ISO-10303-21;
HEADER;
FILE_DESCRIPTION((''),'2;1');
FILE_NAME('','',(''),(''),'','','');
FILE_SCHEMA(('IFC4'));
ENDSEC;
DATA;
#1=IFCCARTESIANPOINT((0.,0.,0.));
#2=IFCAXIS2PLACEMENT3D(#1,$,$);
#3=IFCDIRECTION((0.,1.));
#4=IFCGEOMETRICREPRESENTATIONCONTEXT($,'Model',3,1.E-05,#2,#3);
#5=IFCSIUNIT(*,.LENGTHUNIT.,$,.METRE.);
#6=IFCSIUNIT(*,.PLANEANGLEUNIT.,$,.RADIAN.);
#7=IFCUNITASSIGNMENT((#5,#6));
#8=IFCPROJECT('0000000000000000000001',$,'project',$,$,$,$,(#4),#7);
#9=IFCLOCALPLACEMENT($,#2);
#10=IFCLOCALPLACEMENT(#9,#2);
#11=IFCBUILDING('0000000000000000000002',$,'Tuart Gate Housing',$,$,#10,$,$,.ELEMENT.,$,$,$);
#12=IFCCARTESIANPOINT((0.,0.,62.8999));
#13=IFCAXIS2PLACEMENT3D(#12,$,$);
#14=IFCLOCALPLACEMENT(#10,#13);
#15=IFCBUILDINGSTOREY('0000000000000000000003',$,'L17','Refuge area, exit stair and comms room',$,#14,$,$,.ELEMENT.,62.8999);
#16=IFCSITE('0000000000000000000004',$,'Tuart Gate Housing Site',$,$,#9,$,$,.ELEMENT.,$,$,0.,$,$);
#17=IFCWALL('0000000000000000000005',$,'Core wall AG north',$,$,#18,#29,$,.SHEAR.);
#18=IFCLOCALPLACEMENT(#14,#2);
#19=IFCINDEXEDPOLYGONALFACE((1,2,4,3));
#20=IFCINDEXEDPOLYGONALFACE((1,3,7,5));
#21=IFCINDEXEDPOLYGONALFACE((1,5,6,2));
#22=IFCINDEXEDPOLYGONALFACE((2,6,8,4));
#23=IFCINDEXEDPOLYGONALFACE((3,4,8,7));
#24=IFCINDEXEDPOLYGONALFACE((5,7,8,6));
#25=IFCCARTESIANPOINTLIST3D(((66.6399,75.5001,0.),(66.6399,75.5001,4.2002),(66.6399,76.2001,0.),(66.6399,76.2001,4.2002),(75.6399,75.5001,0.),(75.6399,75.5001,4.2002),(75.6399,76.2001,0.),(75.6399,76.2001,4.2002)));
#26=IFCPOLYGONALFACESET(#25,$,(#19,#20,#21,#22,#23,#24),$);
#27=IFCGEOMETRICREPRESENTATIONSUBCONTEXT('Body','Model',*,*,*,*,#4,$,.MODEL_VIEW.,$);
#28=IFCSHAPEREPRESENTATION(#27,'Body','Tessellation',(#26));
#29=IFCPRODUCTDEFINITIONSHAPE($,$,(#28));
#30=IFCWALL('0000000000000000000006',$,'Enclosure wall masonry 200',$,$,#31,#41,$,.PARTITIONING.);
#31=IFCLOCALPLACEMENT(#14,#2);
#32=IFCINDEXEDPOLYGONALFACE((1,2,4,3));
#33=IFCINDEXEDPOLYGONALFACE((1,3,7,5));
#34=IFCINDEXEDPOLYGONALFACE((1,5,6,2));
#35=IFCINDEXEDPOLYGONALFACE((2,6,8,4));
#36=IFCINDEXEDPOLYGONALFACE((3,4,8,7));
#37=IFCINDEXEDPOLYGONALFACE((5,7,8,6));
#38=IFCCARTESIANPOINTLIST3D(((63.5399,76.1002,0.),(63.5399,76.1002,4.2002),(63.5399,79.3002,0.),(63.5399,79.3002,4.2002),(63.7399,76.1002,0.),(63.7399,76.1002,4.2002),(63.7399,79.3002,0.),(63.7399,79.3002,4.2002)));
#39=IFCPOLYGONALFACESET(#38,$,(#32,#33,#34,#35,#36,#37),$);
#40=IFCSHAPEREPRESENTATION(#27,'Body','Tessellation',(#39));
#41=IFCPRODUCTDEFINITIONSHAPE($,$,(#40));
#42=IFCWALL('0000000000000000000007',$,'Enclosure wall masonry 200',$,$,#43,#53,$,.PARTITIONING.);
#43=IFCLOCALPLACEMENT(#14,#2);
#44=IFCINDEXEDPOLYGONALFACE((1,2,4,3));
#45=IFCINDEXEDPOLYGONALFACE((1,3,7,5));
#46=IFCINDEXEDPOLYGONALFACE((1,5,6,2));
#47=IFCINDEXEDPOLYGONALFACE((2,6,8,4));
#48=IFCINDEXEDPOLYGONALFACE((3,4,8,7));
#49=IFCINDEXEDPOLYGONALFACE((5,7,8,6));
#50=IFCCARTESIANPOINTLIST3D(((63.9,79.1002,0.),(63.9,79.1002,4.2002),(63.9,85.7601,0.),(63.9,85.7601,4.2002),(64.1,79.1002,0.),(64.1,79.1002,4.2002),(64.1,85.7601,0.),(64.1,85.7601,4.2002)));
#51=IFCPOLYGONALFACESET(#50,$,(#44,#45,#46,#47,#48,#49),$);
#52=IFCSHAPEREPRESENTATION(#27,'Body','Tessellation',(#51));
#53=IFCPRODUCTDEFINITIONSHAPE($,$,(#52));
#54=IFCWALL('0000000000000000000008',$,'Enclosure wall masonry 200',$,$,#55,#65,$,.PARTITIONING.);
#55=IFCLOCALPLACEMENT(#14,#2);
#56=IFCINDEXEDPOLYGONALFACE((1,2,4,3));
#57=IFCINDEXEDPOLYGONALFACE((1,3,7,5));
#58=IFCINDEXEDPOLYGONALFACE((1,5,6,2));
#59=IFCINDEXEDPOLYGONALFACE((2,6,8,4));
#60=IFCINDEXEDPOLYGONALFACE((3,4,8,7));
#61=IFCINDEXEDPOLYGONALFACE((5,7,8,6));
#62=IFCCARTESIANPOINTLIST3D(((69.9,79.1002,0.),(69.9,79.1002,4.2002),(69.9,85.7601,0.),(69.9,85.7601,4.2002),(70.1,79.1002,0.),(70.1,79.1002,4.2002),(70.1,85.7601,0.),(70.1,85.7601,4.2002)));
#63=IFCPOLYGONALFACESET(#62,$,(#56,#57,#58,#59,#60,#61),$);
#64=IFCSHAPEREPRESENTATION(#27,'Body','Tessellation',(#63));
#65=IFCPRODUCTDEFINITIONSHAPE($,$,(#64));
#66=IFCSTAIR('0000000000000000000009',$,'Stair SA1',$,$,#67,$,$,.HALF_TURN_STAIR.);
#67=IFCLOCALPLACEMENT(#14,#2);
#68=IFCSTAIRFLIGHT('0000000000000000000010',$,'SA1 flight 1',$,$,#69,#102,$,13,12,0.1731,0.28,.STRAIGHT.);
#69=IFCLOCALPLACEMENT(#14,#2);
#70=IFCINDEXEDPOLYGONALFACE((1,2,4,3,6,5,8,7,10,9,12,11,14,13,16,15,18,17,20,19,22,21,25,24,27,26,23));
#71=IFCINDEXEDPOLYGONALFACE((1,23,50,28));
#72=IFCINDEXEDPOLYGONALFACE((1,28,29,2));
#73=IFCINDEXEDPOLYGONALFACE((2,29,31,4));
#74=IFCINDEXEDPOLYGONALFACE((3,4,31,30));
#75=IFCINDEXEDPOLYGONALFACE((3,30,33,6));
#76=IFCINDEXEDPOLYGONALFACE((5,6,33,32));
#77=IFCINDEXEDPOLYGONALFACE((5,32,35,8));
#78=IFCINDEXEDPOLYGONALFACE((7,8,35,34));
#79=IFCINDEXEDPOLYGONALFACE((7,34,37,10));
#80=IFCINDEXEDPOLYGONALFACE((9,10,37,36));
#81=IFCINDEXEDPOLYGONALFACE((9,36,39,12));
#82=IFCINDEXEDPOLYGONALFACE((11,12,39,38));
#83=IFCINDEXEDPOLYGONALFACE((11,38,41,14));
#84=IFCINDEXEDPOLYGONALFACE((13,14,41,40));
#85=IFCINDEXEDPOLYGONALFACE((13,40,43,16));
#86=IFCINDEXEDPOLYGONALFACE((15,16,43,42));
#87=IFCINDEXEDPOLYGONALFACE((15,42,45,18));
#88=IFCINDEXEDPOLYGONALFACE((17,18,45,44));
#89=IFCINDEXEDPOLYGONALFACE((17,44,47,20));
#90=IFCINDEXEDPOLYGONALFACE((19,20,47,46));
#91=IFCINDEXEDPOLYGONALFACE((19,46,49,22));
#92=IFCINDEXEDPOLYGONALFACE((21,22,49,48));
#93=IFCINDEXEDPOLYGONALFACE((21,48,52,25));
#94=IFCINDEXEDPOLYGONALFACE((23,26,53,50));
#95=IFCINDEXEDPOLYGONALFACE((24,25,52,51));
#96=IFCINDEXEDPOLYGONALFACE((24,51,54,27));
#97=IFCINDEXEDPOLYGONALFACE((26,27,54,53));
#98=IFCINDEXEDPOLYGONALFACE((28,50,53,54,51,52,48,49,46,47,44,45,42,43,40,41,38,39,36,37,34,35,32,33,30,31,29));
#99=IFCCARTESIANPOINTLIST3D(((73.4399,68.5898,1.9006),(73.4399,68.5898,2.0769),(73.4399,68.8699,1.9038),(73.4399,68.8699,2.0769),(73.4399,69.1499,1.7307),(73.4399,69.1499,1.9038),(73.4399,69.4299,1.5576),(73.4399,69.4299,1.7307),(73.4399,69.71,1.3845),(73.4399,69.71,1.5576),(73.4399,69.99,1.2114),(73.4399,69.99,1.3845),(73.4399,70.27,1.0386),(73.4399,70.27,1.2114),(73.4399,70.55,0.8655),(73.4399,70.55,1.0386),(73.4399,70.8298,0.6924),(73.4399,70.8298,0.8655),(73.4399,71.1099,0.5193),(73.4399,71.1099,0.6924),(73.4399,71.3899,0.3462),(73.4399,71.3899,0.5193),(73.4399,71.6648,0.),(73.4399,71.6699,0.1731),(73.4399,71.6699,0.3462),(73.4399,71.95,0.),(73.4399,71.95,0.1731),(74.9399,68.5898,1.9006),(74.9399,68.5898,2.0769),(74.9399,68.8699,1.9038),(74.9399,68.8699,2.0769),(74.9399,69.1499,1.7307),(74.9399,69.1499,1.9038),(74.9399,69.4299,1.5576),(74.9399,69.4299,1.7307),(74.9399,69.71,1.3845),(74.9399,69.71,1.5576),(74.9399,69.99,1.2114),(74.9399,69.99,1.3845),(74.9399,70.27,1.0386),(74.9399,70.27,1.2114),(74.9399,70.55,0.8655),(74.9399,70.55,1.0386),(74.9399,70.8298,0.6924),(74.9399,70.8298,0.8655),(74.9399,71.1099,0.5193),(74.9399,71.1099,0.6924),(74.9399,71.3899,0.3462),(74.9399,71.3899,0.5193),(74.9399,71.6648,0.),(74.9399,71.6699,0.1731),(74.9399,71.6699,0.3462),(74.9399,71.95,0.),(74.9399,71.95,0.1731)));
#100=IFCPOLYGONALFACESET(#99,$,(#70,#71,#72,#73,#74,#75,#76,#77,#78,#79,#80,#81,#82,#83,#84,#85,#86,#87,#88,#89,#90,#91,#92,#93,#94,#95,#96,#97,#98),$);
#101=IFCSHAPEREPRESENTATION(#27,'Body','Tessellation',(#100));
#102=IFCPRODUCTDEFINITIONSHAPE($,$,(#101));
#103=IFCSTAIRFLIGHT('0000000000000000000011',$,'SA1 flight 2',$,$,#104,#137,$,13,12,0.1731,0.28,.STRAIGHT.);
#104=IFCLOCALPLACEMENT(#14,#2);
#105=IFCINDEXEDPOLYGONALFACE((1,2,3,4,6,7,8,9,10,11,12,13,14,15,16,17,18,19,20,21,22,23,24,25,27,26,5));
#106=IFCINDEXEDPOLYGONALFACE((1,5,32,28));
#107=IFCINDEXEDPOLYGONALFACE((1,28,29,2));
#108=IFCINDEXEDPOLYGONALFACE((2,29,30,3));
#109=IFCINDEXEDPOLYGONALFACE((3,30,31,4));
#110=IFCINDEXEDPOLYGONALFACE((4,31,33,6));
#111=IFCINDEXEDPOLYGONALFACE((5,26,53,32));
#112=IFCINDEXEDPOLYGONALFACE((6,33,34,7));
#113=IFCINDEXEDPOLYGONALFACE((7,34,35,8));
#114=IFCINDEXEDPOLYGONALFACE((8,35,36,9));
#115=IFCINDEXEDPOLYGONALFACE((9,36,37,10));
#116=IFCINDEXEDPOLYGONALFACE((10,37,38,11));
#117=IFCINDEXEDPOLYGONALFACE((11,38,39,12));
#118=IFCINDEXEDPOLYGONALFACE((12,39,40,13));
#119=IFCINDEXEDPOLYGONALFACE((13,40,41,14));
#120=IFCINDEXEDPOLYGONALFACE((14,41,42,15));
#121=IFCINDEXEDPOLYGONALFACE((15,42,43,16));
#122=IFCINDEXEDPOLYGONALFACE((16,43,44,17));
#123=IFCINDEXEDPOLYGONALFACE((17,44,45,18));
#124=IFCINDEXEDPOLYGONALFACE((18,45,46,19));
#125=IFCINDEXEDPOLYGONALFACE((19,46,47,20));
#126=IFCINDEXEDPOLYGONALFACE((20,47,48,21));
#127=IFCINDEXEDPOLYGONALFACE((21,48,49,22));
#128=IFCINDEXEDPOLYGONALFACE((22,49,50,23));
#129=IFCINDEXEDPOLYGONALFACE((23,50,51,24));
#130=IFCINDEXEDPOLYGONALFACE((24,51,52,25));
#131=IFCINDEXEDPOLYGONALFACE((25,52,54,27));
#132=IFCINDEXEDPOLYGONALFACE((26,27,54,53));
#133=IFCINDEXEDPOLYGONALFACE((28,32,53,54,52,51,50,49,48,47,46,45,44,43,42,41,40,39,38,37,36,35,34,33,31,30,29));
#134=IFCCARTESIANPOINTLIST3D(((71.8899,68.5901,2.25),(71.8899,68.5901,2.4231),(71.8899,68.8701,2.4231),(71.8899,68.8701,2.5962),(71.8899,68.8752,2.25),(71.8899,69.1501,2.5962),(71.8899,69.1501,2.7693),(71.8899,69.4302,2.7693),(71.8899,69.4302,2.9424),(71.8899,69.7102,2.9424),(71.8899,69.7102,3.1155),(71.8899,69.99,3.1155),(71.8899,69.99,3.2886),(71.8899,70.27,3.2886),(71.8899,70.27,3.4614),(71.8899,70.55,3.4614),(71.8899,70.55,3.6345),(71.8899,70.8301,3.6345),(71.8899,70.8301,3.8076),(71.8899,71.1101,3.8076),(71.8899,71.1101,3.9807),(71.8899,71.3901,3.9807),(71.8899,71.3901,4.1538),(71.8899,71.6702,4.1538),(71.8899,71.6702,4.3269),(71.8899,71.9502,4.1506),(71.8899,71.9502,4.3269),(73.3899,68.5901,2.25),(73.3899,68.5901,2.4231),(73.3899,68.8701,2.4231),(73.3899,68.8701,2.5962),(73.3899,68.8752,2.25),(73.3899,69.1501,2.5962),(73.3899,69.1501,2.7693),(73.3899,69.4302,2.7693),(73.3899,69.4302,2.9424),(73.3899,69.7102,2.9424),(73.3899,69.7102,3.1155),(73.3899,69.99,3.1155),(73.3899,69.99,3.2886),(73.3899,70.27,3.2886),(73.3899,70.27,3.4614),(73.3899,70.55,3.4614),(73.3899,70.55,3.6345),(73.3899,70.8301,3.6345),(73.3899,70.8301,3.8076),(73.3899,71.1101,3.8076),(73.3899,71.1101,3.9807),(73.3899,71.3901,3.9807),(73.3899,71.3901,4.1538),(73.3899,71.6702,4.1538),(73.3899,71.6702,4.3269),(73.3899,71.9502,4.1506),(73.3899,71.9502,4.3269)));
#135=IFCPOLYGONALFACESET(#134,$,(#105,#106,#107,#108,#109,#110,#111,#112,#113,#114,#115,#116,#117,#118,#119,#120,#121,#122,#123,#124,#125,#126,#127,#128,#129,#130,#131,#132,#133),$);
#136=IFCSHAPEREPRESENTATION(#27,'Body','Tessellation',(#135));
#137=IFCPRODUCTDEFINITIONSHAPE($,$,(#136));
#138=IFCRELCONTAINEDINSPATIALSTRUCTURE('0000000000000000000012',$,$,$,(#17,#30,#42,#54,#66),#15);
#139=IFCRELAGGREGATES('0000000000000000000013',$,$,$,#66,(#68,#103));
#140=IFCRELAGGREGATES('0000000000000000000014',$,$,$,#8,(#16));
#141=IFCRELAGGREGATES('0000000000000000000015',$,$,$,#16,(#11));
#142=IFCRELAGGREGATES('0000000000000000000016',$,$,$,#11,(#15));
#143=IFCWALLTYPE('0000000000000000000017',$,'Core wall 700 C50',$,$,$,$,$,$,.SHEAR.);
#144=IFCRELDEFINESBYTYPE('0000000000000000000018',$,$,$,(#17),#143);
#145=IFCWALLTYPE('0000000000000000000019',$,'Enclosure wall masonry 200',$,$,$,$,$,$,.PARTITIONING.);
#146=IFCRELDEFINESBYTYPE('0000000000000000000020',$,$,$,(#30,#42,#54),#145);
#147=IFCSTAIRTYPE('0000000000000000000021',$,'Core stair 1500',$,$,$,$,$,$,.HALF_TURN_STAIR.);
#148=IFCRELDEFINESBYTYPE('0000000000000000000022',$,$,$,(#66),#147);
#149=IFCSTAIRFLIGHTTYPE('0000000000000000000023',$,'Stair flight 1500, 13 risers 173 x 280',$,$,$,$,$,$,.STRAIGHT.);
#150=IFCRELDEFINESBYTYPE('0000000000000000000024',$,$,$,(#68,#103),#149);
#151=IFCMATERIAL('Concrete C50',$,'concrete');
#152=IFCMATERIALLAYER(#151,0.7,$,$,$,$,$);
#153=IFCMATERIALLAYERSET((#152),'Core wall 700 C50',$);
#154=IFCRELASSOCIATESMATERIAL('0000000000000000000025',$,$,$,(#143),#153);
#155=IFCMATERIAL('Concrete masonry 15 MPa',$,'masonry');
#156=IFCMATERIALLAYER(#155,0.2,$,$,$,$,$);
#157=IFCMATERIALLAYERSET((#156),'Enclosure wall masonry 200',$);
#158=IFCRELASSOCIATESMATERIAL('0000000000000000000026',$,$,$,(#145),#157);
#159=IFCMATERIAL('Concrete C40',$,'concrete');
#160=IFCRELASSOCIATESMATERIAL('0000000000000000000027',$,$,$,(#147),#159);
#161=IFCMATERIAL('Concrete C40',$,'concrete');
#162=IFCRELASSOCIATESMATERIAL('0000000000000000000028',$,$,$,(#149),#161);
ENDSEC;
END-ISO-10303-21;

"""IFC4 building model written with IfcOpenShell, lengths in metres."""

from ifc_helpers import new_model, si_unit, direction, frame, frame_2d, origin, place, context, subcontext, project, spatial, polyline, rectangle, outline, extrude, material, layer, layer_set, type_object, element, aggregate, save


model = new_model("IFC4")

# Units and contexts
model_context = context("Model", 3, precision=1e-05, world=origin(), true_north=direction((0.0, 1.0)))
body_context = subcontext(model_context, "Body", "Model", "MODEL_VIEW")
ifc_project = project(units=[si_unit("LENGTHUNIT", "METRE"), si_unit("PLANEANGLEUNIT", "RADIAN")], contexts=[model_context])

# Site, building, storey
site_placement = place(None, origin())
site = spatial("IfcSite", under=ifc_project, at=site_placement, Name="Tuart Gate Housing Site", CompositionType="ELEMENT", RefElevation=0.0)
building_placement = place(site_placement, origin())
building = spatial("IfcBuilding", under=site, at=building_placement, Name="Tuart Gate Housing", CompositionType="ELEMENT")
storey_placement = place(building_placement, frame((0.0, 0.0, 62.8999)))
storey = spatial("IfcBuildingStorey", under=building, at=storey_placement, Name="L17", Description="Refuge area, exit stair and comms room", CompositionType="ELEMENT", Elevation=62.8999)

# Walls
ifc_material_1 = material(Name="Concrete C50", Category="concrete")
ifc_layer_1 = layer(ifc_material_1, 0.7)
ifc_layer_set_1 = layer_set([ifc_layer_1], Name="Core wall 700 C50")
wall_type_1 = type_object("IfcWallType", Name="Core wall 700 C50", PredefinedType="SHEAR", material=ifc_layer_set_1)
wall_1_placement = place(storey_placement, frame((66.6399, 75.8501, 0.0), z_axis=(0.0, 0.0, 1.0), x_axis=(1.0, 0.0, 0.0)))
element("IfcWall", 1, at=wall_1_placement, inside=storey, type_object=wall_type_1, Name="Core wall AG north", PredefinedType="SHEAR", context=body_context, shape_type="SweptSolid", body=[
    extrude(rectangle(XDim=9.0, YDim=0.7, at=frame_2d((4.5, 0.0))), origin(), (0.0, 0.0, 1.0), 4.2002),
])
ifc_material_2 = material(Name="Concrete masonry 15 MPa", Category="masonry")
ifc_layer_2 = layer(ifc_material_2, 0.2)
ifc_layer_set_2 = layer_set([ifc_layer_2], Name="Enclosure wall masonry 200")
wall_type_2 = type_object("IfcWallType", Name="Enclosure wall masonry 200", PredefinedType="PARTITIONING", material=ifc_layer_set_2)
wall_2_placement = place(storey_placement, frame((63.6399, 76.1001, 0.0), z_axis=(0.0, 0.0, 1.0), x_axis=(0.0, 1.0, 0.0)))
element("IfcWall", 2, at=wall_2_placement, inside=storey, type_object=wall_type_2, Name="Enclosure wall masonry 200", PredefinedType="PARTITIONING", context=body_context, shape_type="SweptSolid", body=[
    extrude(rectangle(XDim=3.2, YDim=0.2, at=frame_2d((1.6001, 0.0))), origin(), (0.0, 0.0, 1.0), 4.2002),
])
for number, where, z_axis, x_axis, name in (
    (3, (64.0, 79.1001, 0.0), (0.0, 0.0, 1.0), (0.0, 1.0, 0.0), "Enclosure wall masonry 200"),
    (4, (70.0, 79.1001, 0.0), (0.0, 0.0, 1.0), (0.0, 1.0, 0.0), "Enclosure wall masonry 200"),
):
    element("IfcWall", number, at=place(storey_placement, frame(where, z_axis=z_axis, x_axis=x_axis)), inside=storey, type_object=wall_type_2, Name=name, PredefinedType="PARTITIONING", context=body_context, shape_type="SweptSolid", body=[
        extrude(rectangle(XDim=6.6599, YDim=0.2, at=frame_2d((3.3301, 0.0))), origin(), (0.0, 0.0, 1.0), 4.2002),
    ])

# Stair, stair flights
ifc_material_3 = material(Name="Concrete C40", Category="concrete")
stair_type = type_object("IfcStairType", Name="Core stair 1500", PredefinedType="HALF_TURN_STAIR", material=ifc_material_3)
stair_placement = place(storey_placement, origin())
stair = element("IfcStair", 5, at=stair_placement, inside=storey, type_object=stair_type, Name="Stair SA1", PredefinedType="HALF_TURN_STAIR")
ifc_material_4 = material(Name="Concrete C40", Category="concrete")
stair_flight_type = type_object("IfcStairFlightType", Name="Stair flight 1500, 13 risers 173 x 280", PredefinedType="STRAIGHT", material=ifc_material_4)
stair_flight_1_placement = place(storey_placement, frame((74.1899, 71.95, 0.0), z_axis=(0.0, 0.0, 1.0), x_axis=(0.0, -1.0, 0.0)))
stair_flight_1 = element("IfcStairFlight", 6, at=stair_flight_1_placement, type_object=stair_flight_type, Name="SA1 flight 1", NumberOfRisers=13, NumberOfTreads=12, PredefinedType="STRAIGHT", RiserHeight=0.1731, TreadLength=0.28, context=body_context, shape_type="SweptSolid", body=[
    extrude(outline(polyline([(0.0, 0.0), (0.0, 0.1731), (0.28, 0.1731), (0.28, 0.3462), (0.5601, 0.3462), (0.5601, 0.5193), (0.8401, 0.5193), (0.8401, 0.6924), (1.1201, 0.6924), (1.1201, 0.8655), (1.3999, 0.8655), (1.3999, 1.0386), (1.6799, 1.0386), (1.6799, 1.2114), (1.96, 1.2114), (1.96, 1.3845), (2.24, 1.3845), (2.24, 1.5576), (2.52, 1.5576), (2.52, 1.7307), (2.8, 1.7307), (2.8, 1.9038), (3.0801, 1.9038), (3.0801, 2.0769), (3.3601, 2.0769), (3.3601, 2.25), (3.3601, 1.9006), (0.2852, 0.0), (0.0, 0.0)])), frame((0.0, 0.75, 0.0), z_axis=(0.0, -1.0, 0.0), x_axis=(1.0, 0.0, 0.0)), (0.0, 0.0, 1.0), 1.5),
])
stair_flight_2_placement = place(storey_placement, frame((72.6399, 68.5901, 2.25), z_axis=(0.0, 0.0, 1.0), x_axis=(0.0, 1.0, 0.0)))
stair_flight_2 = element("IfcStairFlight", 7, at=stair_flight_2_placement, type_object=stair_flight_type, Name="SA1 flight 2", NumberOfRisers=13, NumberOfTreads=12, PredefinedType="STRAIGHT", RiserHeight=0.1731, TreadLength=0.28, context=body_context, shape_type="SweptSolid", body=[
    extrude(outline(polyline([(0.0, 0.0), (0.0, 0.1731), (0.28, 0.1731), (0.28, 0.3462), (0.5601, 0.3462), (0.5601, 0.5193), (0.8401, 0.5193), (0.8401, 0.6924), (1.1201, 0.6924), (1.1201, 0.8655), (1.3999, 0.8655), (1.3999, 1.0386), (1.6799, 1.0386), (1.6799, 1.2114), (1.96, 1.2114), (1.96, 1.3845), (2.24, 1.3845), (2.24, 1.5576), (2.52, 1.5576), (2.52, 1.7307), (2.8, 1.7307), (2.8, 1.9038), (3.0801, 1.9038), (3.0801, 2.0769), (3.3601, 2.0769), (3.3601, 2.25), (3.3601, 1.9006), (0.2852, 0.0), (0.0, 0.0)])), frame((0.0, 0.75, 0.0), z_axis=(0.0, -1.0, 0.0), x_axis=(1.0, 0.0, 0.0)), (0.0, 0.0, 1.0), 1.5),
])
aggregate(stair, [stair_flight_1, stair_flight_2])

save(model, "model.ifc")
